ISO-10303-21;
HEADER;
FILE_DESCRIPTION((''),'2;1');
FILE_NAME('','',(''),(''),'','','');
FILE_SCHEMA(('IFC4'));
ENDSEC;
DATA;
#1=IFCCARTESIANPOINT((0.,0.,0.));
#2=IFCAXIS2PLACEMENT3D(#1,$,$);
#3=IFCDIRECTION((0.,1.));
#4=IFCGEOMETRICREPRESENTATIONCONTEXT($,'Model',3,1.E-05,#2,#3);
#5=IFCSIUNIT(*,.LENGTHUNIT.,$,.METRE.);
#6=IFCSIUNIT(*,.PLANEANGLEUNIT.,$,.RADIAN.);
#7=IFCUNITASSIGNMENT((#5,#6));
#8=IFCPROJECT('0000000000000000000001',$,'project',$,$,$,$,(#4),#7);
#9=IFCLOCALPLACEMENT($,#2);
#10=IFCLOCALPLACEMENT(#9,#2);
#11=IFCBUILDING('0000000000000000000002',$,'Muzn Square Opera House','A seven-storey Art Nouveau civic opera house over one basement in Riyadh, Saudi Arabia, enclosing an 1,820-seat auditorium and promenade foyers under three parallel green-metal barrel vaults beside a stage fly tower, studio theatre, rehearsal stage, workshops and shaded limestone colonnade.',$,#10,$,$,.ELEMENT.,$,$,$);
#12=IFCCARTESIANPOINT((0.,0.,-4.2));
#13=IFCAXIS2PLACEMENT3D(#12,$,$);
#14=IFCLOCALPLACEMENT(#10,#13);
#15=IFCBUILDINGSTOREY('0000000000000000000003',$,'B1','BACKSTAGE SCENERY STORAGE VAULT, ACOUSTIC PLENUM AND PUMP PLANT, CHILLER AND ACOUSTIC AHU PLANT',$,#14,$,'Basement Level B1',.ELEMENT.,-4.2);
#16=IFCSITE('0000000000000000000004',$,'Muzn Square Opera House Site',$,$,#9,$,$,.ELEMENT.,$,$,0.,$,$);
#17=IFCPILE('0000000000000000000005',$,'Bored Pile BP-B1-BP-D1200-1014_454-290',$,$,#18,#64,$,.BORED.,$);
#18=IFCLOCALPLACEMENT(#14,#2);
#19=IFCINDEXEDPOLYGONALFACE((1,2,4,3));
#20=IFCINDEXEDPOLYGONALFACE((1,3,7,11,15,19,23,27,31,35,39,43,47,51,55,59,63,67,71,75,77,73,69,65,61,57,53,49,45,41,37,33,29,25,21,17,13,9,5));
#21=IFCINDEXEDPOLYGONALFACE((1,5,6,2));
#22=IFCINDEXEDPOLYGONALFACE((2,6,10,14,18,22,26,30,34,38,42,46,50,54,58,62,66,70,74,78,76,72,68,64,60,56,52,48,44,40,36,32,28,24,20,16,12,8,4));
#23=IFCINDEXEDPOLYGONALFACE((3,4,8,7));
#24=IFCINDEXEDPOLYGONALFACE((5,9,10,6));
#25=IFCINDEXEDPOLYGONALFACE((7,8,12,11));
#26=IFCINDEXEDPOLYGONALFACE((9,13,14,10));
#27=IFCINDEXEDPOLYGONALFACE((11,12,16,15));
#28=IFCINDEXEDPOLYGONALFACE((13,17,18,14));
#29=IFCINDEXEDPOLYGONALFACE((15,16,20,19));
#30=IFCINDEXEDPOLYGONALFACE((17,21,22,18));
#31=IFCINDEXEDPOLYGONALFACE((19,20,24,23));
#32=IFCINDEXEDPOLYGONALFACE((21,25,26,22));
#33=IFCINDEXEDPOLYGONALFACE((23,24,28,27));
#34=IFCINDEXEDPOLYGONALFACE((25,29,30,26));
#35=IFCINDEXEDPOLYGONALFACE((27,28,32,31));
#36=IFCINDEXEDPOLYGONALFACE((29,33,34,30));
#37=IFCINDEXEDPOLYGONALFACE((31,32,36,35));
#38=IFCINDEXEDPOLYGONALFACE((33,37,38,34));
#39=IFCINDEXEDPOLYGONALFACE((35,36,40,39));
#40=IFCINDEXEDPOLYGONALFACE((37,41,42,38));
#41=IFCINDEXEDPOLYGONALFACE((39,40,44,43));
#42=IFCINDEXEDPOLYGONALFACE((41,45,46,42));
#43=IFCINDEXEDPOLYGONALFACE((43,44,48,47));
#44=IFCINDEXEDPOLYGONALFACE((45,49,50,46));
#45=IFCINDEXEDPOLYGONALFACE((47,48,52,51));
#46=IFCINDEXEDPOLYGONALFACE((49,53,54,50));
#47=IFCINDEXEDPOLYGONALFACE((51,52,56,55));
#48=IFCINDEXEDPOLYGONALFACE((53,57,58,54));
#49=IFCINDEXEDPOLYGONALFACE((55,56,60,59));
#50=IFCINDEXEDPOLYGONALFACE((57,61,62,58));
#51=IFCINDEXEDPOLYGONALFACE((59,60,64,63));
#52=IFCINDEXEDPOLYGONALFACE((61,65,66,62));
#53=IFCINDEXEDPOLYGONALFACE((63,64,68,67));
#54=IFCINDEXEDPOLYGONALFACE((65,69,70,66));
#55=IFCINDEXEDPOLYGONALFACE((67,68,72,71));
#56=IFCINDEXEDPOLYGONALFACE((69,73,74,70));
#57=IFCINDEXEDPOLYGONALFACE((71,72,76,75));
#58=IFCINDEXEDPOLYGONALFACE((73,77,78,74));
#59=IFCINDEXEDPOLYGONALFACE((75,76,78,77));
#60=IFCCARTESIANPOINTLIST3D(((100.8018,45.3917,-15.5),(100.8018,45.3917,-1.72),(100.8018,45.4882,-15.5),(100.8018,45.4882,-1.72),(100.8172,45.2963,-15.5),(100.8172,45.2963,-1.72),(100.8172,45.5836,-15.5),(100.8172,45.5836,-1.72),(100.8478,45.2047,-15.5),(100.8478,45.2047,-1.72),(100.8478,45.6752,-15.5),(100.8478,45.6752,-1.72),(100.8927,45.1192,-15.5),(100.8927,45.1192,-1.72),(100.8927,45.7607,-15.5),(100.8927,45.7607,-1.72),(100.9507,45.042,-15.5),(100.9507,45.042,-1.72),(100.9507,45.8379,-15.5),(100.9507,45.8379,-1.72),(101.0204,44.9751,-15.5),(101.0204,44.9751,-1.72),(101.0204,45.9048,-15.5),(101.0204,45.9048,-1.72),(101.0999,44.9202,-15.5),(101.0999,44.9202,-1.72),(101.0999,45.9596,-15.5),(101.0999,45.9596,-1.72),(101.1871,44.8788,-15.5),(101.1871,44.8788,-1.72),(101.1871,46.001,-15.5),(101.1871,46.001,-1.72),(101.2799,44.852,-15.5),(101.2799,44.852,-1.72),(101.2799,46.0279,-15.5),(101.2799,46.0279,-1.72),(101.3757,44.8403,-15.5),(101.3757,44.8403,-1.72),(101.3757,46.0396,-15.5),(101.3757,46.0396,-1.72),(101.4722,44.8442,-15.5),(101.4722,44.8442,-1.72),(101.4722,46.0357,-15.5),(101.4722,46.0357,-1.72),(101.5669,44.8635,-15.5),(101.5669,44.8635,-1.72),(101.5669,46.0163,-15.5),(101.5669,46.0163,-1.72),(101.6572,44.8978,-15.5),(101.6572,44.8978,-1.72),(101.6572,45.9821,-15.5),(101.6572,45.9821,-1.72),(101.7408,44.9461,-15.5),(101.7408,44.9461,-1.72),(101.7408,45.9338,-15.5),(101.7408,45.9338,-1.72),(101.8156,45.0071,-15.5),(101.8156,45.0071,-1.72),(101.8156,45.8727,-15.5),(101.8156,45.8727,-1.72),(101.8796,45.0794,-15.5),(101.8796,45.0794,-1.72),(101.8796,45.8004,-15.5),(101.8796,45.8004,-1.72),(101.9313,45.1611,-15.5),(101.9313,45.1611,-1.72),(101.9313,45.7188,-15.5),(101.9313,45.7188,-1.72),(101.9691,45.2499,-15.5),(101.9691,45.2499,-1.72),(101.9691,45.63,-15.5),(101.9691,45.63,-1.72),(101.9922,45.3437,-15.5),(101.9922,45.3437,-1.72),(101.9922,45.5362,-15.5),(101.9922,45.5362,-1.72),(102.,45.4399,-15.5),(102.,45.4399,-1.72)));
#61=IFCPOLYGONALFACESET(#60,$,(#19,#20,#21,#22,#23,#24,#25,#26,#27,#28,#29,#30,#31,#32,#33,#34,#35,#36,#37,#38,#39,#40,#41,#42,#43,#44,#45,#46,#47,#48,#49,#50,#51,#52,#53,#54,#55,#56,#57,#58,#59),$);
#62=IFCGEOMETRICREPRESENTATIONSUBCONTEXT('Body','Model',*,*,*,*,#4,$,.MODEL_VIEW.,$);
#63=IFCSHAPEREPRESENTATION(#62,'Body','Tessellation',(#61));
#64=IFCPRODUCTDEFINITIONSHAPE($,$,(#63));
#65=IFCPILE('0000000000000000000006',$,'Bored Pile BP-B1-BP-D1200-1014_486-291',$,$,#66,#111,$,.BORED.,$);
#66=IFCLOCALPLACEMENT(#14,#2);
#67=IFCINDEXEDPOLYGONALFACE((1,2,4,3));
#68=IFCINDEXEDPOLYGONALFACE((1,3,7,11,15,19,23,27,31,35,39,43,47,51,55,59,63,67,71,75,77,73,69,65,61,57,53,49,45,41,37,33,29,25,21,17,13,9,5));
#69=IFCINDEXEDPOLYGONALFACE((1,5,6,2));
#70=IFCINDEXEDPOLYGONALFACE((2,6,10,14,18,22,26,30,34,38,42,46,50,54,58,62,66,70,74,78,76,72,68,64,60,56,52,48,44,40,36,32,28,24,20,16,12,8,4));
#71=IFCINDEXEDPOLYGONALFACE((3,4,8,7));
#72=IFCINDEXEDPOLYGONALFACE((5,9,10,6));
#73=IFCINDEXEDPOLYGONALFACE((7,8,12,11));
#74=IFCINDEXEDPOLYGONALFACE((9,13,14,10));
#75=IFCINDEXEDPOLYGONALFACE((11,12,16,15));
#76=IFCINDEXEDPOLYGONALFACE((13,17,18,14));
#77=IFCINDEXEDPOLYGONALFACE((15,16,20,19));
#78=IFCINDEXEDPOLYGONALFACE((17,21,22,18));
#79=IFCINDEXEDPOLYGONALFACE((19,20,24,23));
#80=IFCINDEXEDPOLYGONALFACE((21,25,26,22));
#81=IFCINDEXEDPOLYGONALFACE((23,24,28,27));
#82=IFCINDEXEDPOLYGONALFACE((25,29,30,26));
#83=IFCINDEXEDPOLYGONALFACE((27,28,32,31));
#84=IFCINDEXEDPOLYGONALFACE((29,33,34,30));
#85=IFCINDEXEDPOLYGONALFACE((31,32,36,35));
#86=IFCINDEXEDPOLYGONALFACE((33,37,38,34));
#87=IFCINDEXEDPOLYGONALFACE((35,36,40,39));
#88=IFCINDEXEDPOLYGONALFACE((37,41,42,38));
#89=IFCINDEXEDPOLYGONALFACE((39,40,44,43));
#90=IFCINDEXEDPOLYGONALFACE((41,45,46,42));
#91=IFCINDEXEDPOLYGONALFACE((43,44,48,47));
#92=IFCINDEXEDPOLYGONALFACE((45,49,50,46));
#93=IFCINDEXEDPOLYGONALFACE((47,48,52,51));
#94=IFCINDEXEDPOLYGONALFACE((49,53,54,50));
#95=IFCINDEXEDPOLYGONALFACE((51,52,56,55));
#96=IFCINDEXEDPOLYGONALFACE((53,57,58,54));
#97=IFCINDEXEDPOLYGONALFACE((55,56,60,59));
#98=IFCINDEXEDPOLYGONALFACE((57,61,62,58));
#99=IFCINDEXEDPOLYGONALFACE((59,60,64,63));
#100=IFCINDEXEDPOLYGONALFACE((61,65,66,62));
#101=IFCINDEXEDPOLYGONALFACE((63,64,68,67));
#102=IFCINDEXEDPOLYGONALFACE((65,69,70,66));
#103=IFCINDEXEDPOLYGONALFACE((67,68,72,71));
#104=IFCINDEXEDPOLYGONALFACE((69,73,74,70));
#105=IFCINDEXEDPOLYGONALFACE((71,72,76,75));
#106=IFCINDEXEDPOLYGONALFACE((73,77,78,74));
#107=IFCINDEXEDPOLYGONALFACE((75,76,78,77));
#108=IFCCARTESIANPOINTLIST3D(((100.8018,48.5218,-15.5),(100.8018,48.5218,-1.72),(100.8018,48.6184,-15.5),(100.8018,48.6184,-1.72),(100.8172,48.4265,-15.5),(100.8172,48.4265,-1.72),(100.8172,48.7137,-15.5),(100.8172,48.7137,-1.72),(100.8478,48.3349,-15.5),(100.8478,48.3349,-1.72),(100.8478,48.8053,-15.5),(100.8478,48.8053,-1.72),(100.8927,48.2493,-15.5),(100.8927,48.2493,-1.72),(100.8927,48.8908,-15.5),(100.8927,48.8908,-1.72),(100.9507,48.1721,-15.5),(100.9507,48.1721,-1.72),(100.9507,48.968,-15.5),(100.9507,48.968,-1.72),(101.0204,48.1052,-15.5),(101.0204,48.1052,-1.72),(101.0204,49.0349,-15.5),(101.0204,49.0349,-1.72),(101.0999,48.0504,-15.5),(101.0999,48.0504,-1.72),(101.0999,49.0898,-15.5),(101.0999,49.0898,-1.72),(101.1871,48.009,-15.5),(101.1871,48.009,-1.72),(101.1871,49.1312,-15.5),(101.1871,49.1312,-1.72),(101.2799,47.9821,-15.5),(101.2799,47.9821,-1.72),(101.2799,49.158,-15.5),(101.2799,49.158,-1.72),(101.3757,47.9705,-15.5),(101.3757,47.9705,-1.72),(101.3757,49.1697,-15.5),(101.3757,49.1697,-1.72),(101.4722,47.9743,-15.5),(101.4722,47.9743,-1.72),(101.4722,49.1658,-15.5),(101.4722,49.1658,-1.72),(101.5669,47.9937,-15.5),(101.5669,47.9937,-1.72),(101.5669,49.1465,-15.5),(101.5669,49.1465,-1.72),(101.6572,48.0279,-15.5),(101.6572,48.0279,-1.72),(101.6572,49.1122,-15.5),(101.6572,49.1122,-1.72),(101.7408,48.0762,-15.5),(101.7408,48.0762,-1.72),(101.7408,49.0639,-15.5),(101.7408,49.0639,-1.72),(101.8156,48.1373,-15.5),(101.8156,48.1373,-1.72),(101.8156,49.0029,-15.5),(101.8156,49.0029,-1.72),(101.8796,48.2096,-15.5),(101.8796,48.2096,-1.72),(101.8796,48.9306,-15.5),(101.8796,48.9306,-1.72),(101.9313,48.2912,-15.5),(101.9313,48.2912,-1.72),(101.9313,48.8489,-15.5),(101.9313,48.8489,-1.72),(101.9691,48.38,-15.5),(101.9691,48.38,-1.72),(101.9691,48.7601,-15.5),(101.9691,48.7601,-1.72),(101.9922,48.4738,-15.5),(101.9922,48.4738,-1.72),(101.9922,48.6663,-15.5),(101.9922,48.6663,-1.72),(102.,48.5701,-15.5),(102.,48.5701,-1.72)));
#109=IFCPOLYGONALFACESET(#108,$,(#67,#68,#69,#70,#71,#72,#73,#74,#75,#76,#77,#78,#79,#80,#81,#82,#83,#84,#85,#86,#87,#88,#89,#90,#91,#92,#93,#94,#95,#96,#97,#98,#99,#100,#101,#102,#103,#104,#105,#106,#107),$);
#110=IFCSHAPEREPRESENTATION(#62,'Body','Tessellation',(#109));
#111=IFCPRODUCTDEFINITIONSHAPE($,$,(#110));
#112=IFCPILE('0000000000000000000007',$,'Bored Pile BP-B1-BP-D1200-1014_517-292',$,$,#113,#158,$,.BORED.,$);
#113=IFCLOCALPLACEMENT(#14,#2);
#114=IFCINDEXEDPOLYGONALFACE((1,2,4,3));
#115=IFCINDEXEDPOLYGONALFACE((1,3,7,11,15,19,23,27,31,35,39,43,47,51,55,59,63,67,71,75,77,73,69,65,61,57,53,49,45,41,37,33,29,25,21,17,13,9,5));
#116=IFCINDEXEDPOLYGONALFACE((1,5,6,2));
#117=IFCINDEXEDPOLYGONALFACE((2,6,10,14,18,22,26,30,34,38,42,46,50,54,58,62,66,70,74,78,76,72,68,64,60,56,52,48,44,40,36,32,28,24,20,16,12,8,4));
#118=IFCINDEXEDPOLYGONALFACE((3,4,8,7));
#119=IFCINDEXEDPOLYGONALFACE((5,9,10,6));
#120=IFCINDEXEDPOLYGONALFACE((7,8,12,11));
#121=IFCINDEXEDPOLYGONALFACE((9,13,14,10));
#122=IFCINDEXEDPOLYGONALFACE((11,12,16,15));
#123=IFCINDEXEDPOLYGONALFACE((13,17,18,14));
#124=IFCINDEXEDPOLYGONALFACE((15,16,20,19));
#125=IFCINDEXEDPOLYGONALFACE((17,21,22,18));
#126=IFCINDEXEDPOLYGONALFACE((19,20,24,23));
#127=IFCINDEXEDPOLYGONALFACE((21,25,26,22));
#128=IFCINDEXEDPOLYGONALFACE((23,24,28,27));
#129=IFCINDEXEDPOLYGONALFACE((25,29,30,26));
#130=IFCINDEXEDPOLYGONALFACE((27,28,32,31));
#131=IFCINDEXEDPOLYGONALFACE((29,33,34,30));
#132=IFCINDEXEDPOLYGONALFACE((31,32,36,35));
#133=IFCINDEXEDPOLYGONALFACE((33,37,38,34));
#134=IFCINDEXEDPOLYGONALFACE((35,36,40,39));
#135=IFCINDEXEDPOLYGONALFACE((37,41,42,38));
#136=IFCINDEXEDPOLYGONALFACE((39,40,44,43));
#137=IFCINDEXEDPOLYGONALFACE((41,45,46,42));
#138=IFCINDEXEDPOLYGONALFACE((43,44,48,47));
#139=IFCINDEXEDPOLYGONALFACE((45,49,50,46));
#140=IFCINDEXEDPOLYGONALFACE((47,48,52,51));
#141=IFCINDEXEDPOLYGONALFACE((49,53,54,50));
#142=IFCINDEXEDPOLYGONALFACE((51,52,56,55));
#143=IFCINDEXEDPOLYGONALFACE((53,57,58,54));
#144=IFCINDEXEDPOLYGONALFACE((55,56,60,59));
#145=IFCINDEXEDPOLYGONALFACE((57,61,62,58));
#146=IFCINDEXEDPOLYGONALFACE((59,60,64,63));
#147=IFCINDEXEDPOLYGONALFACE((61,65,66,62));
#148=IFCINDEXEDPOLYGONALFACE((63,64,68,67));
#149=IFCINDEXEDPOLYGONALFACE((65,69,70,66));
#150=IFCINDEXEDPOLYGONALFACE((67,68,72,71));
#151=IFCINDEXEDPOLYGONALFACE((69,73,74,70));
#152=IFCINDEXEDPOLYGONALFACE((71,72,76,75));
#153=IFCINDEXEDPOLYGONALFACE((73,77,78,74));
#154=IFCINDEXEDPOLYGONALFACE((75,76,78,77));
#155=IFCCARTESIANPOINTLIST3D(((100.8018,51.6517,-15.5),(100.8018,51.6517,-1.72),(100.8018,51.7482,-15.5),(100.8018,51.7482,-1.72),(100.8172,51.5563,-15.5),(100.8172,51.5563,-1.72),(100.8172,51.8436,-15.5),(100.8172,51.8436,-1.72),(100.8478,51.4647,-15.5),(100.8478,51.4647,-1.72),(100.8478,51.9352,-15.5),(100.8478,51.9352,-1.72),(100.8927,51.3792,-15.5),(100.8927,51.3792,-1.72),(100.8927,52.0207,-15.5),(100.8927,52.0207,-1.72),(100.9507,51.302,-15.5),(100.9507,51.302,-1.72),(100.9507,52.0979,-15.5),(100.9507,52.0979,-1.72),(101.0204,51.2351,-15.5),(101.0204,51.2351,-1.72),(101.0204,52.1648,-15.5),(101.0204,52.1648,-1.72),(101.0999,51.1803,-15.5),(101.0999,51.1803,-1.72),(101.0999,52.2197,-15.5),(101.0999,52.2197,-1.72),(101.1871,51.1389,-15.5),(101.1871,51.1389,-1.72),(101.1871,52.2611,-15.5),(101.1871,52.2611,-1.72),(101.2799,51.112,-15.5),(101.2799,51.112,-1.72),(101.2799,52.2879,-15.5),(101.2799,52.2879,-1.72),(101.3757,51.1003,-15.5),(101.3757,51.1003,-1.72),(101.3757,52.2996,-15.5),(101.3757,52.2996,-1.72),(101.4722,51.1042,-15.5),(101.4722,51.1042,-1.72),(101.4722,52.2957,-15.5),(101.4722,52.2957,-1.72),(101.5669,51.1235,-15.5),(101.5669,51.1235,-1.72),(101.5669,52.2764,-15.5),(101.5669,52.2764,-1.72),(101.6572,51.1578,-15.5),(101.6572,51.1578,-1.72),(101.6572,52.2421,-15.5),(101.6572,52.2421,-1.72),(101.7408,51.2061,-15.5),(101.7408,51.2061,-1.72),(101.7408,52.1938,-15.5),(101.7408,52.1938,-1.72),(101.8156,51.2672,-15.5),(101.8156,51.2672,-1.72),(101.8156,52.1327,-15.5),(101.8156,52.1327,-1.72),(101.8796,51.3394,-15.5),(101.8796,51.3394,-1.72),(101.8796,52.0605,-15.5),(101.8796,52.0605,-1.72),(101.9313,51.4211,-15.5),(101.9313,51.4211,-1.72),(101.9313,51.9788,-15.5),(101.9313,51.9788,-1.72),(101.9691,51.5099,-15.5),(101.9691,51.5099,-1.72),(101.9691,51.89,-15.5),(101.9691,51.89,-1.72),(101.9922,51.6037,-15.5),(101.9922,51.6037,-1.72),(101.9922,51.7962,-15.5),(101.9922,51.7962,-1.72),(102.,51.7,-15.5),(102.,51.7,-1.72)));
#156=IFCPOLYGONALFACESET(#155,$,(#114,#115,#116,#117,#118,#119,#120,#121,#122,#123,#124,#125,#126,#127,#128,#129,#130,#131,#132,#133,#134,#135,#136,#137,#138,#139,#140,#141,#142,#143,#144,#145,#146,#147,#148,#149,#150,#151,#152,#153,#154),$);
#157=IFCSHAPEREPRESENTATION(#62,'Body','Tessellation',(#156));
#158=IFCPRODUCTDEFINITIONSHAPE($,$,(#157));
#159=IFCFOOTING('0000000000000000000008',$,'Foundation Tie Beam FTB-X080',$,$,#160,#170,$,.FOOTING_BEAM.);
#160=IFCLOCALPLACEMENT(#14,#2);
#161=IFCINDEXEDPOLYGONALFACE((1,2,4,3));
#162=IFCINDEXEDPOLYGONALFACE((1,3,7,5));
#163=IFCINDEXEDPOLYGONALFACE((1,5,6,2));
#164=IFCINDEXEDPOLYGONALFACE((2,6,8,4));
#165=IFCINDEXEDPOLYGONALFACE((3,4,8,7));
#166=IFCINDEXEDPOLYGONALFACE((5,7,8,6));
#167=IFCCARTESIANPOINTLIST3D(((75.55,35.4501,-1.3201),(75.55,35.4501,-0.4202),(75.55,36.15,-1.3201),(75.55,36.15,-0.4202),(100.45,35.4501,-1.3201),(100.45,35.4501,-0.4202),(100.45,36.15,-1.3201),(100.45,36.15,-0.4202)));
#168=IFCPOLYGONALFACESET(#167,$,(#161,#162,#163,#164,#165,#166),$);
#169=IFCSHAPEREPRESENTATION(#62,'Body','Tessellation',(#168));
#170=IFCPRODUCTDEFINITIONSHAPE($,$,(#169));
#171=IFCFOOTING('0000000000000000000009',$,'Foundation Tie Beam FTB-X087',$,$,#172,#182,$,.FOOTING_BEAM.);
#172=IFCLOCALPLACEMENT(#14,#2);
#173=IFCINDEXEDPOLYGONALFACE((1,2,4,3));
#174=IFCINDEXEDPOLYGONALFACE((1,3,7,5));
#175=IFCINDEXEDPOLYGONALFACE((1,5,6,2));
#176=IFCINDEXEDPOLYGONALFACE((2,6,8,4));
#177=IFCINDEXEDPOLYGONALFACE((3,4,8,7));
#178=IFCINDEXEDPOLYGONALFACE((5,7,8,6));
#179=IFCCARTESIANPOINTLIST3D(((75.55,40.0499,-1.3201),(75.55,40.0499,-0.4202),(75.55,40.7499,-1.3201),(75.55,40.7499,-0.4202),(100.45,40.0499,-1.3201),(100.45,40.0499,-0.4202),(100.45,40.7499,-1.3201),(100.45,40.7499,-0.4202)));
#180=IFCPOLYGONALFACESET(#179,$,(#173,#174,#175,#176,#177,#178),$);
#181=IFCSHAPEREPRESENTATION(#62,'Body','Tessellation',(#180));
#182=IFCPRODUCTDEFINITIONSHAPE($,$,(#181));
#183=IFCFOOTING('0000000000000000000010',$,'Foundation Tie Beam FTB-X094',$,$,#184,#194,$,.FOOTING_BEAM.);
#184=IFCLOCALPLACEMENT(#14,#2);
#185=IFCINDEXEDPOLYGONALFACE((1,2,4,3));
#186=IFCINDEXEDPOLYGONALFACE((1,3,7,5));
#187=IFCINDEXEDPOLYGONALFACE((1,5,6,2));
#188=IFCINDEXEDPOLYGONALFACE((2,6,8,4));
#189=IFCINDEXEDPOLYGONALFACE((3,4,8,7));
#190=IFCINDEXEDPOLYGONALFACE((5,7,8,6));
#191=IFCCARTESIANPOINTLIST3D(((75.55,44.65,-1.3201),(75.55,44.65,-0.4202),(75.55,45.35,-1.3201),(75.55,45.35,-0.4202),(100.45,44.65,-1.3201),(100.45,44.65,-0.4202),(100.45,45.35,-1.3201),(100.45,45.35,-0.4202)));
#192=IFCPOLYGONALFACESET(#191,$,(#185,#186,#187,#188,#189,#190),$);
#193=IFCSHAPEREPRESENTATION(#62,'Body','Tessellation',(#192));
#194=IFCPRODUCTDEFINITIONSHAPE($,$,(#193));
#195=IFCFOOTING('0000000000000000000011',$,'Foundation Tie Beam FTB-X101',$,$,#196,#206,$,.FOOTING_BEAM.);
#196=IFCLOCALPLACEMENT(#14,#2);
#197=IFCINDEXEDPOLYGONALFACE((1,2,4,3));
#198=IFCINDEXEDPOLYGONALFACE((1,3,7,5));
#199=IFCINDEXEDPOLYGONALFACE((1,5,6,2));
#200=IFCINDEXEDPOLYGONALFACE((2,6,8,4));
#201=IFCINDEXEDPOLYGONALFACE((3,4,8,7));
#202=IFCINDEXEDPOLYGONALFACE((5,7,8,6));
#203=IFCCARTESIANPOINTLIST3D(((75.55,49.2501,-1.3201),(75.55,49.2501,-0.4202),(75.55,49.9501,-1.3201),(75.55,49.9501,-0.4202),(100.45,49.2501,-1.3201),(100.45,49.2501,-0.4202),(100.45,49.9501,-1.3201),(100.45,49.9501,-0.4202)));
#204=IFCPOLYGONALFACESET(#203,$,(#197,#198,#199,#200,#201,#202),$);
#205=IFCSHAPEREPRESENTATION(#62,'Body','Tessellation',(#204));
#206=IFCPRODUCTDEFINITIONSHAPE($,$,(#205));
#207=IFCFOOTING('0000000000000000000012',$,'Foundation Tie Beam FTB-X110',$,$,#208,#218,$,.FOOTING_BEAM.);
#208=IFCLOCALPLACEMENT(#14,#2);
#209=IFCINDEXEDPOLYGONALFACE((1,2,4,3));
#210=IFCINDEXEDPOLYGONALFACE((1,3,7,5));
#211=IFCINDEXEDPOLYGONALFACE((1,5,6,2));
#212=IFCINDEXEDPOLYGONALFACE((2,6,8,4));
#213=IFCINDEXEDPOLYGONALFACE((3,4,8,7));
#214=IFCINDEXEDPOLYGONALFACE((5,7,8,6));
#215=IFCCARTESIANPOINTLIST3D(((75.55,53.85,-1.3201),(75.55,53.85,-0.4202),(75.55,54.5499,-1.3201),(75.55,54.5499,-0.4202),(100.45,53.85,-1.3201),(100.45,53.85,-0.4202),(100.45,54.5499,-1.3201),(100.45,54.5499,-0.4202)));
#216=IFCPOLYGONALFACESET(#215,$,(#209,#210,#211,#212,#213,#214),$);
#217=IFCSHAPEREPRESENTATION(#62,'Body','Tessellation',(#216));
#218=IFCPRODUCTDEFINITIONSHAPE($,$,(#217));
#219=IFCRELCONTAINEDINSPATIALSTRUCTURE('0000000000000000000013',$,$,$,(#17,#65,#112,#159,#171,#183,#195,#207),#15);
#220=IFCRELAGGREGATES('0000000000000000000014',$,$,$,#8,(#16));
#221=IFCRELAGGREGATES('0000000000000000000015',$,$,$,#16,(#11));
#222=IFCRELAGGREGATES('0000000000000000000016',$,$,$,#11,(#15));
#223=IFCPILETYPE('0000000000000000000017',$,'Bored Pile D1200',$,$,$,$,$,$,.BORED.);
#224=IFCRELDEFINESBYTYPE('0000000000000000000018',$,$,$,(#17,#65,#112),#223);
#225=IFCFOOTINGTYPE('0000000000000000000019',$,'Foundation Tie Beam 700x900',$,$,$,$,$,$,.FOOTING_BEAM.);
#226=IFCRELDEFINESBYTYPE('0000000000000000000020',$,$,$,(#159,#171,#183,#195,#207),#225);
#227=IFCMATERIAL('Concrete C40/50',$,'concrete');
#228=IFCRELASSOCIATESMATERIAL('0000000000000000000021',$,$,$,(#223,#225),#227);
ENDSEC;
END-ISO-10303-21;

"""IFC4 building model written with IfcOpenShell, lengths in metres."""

from ifc_helpers import new_model, si_unit, direction, frame, origin, origin_2d, place, context, subcontext, project, spatial, rectangle, circle, extrude, material, material_profile, profile_set, type_object, element, save


model = new_model("IFC4")

# Units and contexts
model_context = context("Model", 3, precision=1e-05, world=origin(), true_north=direction((0.0, 1.0)))
body_context = subcontext(model_context, "Body", "Model", "MODEL_VIEW")
ifc_project = project(units=[si_unit("LENGTHUNIT", "METRE"), si_unit("PLANEANGLEUNIT", "RADIAN")], contexts=[model_context])

# Site, building, storey
site_placement = place(None, origin())
site = spatial("IfcSite", under=ifc_project, at=site_placement, Name="Muzn Square Opera House Site", CompositionType="ELEMENT", RefElevation=0.0)
building_placement = place(site_placement, origin())
building = spatial("IfcBuilding", under=site, at=building_placement, Name="Muzn Square Opera House", Description="A seven-storey Art Nouveau civic opera house over one basement in Riyadh, Saudi Arabia, enclosing an 1,820-seat auditorium and promenade foyers under three parallel green-metal barrel vaults beside a stage fly tower, studio theatre, rehearsal stage, workshops and shaded limestone colonnade.", CompositionType="ELEMENT")
storey_placement = place(building_placement, frame((0.0, 0.0, -4.2)))
storey = spatial("IfcBuildingStorey", under=building, at=storey_placement, Name="B1", Description="BACKSTAGE SCENERY STORAGE VAULT, ACOUSTIC PLENUM AND PUMP PLANT, CHILLER AND ACOUSTIC AHU PLANT", LongName="Basement Level B1", CompositionType="ELEMENT", Elevation=-4.2)

# Piles
ifc_material_1 = material(Name="Concrete C40/50", Category="concrete")
ifc_material_profile_1 = material_profile(ifc_material_1, circle(Radius=0.6001, at=origin_2d()), Name="BORED PILE D1200", Category="concrete")
ifc_profile_set_1 = profile_set([ifc_material_profile_1], Name="Concrete C40/50")
pile_type = type_object("IfcPileType", Name="Bored Pile D1200", PredefinedType="BORED", material=ifc_profile_set_1)
for number, where, z_axis, x_axis, name in (
    (1, (101.3999, 45.4399, -1.72), (0.0, 0.0, -1.0), (1.0, 0.0, 0.0), "Bored Pile BP-B1-BP-D1200-1014_454-290"),
    (2, (101.3999, 48.5701, -1.72), (0.0, 0.0, -1.0), (1.0, 0.0, 0.0), "Bored Pile BP-B1-BP-D1200-1014_486-291"),
    (3, (101.3999, 51.7, -1.72), (0.0, 0.0, -1.0), (1.0, 0.0, 0.0), "Bored Pile BP-B1-BP-D1200-1014_517-292"),
):
    element("IfcPile", number, at=place(storey_placement, frame(where, z_axis=z_axis, x_axis=x_axis)), inside=storey, type_object=pile_type, Name=name, PredefinedType="BORED", context=body_context, shape_type="SweptSolid", body=[
        extrude(circle(Radius=0.6001, at=origin_2d()), origin(), (0.0, 0.0, 1.0), 13.78),
    ])

# Footings
ifc_material_profile_2 = material_profile(ifc_material_1, rectangle(XDim=0.7, YDim=0.8999, at=origin_2d()), Name="RCTB 700x900", Category="concrete")
ifc_profile_set_2 = profile_set([ifc_material_profile_2], Name="Concrete C40/50")
footing_type = type_object("IfcFootingType", Name="Foundation Tie Beam 700x900", PredefinedType="FOOTING_BEAM", material=ifc_profile_set_2)
for number, where, z_axis, x_axis, name in (
    (4, (75.55, 35.8, -0.8701), (1.0, 0.0, 0.0), (0.0, 1.0, 0.0), "Foundation Tie Beam FTB-X080"),
    (5, (75.55, 40.3999, -0.8701), (1.0, 0.0, 0.0), (0.0, 1.0, 0.0), "Foundation Tie Beam FTB-X087"),
    (6, (75.55, 45.0, -0.8701), (1.0, 0.0, 0.0), (0.0, 1.0, 0.0), "Foundation Tie Beam FTB-X094"),
    (7, (75.55, 49.6001, -0.8701), (1.0, 0.0, 0.0), (0.0, 1.0, 0.0), "Foundation Tie Beam FTB-X101"),
    (8, (75.55, 54.2, -0.8701), (1.0, 0.0, 0.0), (0.0, 1.0, 0.0), "Foundation Tie Beam FTB-X110"),
):
    element("IfcFooting", number, at=place(storey_placement, frame(where, z_axis=z_axis, x_axis=x_axis)), inside=storey, type_object=footing_type, Name=name, PredefinedType="FOOTING_BEAM", context=body_context, shape_type="SweptSolid", body=[
        extrude(rectangle(XDim=0.7, YDim=0.8999, at=origin_2d()), origin(), (0.0, 0.0, 1.0), 24.8999),
    ])

save(model, "model.ifc")
